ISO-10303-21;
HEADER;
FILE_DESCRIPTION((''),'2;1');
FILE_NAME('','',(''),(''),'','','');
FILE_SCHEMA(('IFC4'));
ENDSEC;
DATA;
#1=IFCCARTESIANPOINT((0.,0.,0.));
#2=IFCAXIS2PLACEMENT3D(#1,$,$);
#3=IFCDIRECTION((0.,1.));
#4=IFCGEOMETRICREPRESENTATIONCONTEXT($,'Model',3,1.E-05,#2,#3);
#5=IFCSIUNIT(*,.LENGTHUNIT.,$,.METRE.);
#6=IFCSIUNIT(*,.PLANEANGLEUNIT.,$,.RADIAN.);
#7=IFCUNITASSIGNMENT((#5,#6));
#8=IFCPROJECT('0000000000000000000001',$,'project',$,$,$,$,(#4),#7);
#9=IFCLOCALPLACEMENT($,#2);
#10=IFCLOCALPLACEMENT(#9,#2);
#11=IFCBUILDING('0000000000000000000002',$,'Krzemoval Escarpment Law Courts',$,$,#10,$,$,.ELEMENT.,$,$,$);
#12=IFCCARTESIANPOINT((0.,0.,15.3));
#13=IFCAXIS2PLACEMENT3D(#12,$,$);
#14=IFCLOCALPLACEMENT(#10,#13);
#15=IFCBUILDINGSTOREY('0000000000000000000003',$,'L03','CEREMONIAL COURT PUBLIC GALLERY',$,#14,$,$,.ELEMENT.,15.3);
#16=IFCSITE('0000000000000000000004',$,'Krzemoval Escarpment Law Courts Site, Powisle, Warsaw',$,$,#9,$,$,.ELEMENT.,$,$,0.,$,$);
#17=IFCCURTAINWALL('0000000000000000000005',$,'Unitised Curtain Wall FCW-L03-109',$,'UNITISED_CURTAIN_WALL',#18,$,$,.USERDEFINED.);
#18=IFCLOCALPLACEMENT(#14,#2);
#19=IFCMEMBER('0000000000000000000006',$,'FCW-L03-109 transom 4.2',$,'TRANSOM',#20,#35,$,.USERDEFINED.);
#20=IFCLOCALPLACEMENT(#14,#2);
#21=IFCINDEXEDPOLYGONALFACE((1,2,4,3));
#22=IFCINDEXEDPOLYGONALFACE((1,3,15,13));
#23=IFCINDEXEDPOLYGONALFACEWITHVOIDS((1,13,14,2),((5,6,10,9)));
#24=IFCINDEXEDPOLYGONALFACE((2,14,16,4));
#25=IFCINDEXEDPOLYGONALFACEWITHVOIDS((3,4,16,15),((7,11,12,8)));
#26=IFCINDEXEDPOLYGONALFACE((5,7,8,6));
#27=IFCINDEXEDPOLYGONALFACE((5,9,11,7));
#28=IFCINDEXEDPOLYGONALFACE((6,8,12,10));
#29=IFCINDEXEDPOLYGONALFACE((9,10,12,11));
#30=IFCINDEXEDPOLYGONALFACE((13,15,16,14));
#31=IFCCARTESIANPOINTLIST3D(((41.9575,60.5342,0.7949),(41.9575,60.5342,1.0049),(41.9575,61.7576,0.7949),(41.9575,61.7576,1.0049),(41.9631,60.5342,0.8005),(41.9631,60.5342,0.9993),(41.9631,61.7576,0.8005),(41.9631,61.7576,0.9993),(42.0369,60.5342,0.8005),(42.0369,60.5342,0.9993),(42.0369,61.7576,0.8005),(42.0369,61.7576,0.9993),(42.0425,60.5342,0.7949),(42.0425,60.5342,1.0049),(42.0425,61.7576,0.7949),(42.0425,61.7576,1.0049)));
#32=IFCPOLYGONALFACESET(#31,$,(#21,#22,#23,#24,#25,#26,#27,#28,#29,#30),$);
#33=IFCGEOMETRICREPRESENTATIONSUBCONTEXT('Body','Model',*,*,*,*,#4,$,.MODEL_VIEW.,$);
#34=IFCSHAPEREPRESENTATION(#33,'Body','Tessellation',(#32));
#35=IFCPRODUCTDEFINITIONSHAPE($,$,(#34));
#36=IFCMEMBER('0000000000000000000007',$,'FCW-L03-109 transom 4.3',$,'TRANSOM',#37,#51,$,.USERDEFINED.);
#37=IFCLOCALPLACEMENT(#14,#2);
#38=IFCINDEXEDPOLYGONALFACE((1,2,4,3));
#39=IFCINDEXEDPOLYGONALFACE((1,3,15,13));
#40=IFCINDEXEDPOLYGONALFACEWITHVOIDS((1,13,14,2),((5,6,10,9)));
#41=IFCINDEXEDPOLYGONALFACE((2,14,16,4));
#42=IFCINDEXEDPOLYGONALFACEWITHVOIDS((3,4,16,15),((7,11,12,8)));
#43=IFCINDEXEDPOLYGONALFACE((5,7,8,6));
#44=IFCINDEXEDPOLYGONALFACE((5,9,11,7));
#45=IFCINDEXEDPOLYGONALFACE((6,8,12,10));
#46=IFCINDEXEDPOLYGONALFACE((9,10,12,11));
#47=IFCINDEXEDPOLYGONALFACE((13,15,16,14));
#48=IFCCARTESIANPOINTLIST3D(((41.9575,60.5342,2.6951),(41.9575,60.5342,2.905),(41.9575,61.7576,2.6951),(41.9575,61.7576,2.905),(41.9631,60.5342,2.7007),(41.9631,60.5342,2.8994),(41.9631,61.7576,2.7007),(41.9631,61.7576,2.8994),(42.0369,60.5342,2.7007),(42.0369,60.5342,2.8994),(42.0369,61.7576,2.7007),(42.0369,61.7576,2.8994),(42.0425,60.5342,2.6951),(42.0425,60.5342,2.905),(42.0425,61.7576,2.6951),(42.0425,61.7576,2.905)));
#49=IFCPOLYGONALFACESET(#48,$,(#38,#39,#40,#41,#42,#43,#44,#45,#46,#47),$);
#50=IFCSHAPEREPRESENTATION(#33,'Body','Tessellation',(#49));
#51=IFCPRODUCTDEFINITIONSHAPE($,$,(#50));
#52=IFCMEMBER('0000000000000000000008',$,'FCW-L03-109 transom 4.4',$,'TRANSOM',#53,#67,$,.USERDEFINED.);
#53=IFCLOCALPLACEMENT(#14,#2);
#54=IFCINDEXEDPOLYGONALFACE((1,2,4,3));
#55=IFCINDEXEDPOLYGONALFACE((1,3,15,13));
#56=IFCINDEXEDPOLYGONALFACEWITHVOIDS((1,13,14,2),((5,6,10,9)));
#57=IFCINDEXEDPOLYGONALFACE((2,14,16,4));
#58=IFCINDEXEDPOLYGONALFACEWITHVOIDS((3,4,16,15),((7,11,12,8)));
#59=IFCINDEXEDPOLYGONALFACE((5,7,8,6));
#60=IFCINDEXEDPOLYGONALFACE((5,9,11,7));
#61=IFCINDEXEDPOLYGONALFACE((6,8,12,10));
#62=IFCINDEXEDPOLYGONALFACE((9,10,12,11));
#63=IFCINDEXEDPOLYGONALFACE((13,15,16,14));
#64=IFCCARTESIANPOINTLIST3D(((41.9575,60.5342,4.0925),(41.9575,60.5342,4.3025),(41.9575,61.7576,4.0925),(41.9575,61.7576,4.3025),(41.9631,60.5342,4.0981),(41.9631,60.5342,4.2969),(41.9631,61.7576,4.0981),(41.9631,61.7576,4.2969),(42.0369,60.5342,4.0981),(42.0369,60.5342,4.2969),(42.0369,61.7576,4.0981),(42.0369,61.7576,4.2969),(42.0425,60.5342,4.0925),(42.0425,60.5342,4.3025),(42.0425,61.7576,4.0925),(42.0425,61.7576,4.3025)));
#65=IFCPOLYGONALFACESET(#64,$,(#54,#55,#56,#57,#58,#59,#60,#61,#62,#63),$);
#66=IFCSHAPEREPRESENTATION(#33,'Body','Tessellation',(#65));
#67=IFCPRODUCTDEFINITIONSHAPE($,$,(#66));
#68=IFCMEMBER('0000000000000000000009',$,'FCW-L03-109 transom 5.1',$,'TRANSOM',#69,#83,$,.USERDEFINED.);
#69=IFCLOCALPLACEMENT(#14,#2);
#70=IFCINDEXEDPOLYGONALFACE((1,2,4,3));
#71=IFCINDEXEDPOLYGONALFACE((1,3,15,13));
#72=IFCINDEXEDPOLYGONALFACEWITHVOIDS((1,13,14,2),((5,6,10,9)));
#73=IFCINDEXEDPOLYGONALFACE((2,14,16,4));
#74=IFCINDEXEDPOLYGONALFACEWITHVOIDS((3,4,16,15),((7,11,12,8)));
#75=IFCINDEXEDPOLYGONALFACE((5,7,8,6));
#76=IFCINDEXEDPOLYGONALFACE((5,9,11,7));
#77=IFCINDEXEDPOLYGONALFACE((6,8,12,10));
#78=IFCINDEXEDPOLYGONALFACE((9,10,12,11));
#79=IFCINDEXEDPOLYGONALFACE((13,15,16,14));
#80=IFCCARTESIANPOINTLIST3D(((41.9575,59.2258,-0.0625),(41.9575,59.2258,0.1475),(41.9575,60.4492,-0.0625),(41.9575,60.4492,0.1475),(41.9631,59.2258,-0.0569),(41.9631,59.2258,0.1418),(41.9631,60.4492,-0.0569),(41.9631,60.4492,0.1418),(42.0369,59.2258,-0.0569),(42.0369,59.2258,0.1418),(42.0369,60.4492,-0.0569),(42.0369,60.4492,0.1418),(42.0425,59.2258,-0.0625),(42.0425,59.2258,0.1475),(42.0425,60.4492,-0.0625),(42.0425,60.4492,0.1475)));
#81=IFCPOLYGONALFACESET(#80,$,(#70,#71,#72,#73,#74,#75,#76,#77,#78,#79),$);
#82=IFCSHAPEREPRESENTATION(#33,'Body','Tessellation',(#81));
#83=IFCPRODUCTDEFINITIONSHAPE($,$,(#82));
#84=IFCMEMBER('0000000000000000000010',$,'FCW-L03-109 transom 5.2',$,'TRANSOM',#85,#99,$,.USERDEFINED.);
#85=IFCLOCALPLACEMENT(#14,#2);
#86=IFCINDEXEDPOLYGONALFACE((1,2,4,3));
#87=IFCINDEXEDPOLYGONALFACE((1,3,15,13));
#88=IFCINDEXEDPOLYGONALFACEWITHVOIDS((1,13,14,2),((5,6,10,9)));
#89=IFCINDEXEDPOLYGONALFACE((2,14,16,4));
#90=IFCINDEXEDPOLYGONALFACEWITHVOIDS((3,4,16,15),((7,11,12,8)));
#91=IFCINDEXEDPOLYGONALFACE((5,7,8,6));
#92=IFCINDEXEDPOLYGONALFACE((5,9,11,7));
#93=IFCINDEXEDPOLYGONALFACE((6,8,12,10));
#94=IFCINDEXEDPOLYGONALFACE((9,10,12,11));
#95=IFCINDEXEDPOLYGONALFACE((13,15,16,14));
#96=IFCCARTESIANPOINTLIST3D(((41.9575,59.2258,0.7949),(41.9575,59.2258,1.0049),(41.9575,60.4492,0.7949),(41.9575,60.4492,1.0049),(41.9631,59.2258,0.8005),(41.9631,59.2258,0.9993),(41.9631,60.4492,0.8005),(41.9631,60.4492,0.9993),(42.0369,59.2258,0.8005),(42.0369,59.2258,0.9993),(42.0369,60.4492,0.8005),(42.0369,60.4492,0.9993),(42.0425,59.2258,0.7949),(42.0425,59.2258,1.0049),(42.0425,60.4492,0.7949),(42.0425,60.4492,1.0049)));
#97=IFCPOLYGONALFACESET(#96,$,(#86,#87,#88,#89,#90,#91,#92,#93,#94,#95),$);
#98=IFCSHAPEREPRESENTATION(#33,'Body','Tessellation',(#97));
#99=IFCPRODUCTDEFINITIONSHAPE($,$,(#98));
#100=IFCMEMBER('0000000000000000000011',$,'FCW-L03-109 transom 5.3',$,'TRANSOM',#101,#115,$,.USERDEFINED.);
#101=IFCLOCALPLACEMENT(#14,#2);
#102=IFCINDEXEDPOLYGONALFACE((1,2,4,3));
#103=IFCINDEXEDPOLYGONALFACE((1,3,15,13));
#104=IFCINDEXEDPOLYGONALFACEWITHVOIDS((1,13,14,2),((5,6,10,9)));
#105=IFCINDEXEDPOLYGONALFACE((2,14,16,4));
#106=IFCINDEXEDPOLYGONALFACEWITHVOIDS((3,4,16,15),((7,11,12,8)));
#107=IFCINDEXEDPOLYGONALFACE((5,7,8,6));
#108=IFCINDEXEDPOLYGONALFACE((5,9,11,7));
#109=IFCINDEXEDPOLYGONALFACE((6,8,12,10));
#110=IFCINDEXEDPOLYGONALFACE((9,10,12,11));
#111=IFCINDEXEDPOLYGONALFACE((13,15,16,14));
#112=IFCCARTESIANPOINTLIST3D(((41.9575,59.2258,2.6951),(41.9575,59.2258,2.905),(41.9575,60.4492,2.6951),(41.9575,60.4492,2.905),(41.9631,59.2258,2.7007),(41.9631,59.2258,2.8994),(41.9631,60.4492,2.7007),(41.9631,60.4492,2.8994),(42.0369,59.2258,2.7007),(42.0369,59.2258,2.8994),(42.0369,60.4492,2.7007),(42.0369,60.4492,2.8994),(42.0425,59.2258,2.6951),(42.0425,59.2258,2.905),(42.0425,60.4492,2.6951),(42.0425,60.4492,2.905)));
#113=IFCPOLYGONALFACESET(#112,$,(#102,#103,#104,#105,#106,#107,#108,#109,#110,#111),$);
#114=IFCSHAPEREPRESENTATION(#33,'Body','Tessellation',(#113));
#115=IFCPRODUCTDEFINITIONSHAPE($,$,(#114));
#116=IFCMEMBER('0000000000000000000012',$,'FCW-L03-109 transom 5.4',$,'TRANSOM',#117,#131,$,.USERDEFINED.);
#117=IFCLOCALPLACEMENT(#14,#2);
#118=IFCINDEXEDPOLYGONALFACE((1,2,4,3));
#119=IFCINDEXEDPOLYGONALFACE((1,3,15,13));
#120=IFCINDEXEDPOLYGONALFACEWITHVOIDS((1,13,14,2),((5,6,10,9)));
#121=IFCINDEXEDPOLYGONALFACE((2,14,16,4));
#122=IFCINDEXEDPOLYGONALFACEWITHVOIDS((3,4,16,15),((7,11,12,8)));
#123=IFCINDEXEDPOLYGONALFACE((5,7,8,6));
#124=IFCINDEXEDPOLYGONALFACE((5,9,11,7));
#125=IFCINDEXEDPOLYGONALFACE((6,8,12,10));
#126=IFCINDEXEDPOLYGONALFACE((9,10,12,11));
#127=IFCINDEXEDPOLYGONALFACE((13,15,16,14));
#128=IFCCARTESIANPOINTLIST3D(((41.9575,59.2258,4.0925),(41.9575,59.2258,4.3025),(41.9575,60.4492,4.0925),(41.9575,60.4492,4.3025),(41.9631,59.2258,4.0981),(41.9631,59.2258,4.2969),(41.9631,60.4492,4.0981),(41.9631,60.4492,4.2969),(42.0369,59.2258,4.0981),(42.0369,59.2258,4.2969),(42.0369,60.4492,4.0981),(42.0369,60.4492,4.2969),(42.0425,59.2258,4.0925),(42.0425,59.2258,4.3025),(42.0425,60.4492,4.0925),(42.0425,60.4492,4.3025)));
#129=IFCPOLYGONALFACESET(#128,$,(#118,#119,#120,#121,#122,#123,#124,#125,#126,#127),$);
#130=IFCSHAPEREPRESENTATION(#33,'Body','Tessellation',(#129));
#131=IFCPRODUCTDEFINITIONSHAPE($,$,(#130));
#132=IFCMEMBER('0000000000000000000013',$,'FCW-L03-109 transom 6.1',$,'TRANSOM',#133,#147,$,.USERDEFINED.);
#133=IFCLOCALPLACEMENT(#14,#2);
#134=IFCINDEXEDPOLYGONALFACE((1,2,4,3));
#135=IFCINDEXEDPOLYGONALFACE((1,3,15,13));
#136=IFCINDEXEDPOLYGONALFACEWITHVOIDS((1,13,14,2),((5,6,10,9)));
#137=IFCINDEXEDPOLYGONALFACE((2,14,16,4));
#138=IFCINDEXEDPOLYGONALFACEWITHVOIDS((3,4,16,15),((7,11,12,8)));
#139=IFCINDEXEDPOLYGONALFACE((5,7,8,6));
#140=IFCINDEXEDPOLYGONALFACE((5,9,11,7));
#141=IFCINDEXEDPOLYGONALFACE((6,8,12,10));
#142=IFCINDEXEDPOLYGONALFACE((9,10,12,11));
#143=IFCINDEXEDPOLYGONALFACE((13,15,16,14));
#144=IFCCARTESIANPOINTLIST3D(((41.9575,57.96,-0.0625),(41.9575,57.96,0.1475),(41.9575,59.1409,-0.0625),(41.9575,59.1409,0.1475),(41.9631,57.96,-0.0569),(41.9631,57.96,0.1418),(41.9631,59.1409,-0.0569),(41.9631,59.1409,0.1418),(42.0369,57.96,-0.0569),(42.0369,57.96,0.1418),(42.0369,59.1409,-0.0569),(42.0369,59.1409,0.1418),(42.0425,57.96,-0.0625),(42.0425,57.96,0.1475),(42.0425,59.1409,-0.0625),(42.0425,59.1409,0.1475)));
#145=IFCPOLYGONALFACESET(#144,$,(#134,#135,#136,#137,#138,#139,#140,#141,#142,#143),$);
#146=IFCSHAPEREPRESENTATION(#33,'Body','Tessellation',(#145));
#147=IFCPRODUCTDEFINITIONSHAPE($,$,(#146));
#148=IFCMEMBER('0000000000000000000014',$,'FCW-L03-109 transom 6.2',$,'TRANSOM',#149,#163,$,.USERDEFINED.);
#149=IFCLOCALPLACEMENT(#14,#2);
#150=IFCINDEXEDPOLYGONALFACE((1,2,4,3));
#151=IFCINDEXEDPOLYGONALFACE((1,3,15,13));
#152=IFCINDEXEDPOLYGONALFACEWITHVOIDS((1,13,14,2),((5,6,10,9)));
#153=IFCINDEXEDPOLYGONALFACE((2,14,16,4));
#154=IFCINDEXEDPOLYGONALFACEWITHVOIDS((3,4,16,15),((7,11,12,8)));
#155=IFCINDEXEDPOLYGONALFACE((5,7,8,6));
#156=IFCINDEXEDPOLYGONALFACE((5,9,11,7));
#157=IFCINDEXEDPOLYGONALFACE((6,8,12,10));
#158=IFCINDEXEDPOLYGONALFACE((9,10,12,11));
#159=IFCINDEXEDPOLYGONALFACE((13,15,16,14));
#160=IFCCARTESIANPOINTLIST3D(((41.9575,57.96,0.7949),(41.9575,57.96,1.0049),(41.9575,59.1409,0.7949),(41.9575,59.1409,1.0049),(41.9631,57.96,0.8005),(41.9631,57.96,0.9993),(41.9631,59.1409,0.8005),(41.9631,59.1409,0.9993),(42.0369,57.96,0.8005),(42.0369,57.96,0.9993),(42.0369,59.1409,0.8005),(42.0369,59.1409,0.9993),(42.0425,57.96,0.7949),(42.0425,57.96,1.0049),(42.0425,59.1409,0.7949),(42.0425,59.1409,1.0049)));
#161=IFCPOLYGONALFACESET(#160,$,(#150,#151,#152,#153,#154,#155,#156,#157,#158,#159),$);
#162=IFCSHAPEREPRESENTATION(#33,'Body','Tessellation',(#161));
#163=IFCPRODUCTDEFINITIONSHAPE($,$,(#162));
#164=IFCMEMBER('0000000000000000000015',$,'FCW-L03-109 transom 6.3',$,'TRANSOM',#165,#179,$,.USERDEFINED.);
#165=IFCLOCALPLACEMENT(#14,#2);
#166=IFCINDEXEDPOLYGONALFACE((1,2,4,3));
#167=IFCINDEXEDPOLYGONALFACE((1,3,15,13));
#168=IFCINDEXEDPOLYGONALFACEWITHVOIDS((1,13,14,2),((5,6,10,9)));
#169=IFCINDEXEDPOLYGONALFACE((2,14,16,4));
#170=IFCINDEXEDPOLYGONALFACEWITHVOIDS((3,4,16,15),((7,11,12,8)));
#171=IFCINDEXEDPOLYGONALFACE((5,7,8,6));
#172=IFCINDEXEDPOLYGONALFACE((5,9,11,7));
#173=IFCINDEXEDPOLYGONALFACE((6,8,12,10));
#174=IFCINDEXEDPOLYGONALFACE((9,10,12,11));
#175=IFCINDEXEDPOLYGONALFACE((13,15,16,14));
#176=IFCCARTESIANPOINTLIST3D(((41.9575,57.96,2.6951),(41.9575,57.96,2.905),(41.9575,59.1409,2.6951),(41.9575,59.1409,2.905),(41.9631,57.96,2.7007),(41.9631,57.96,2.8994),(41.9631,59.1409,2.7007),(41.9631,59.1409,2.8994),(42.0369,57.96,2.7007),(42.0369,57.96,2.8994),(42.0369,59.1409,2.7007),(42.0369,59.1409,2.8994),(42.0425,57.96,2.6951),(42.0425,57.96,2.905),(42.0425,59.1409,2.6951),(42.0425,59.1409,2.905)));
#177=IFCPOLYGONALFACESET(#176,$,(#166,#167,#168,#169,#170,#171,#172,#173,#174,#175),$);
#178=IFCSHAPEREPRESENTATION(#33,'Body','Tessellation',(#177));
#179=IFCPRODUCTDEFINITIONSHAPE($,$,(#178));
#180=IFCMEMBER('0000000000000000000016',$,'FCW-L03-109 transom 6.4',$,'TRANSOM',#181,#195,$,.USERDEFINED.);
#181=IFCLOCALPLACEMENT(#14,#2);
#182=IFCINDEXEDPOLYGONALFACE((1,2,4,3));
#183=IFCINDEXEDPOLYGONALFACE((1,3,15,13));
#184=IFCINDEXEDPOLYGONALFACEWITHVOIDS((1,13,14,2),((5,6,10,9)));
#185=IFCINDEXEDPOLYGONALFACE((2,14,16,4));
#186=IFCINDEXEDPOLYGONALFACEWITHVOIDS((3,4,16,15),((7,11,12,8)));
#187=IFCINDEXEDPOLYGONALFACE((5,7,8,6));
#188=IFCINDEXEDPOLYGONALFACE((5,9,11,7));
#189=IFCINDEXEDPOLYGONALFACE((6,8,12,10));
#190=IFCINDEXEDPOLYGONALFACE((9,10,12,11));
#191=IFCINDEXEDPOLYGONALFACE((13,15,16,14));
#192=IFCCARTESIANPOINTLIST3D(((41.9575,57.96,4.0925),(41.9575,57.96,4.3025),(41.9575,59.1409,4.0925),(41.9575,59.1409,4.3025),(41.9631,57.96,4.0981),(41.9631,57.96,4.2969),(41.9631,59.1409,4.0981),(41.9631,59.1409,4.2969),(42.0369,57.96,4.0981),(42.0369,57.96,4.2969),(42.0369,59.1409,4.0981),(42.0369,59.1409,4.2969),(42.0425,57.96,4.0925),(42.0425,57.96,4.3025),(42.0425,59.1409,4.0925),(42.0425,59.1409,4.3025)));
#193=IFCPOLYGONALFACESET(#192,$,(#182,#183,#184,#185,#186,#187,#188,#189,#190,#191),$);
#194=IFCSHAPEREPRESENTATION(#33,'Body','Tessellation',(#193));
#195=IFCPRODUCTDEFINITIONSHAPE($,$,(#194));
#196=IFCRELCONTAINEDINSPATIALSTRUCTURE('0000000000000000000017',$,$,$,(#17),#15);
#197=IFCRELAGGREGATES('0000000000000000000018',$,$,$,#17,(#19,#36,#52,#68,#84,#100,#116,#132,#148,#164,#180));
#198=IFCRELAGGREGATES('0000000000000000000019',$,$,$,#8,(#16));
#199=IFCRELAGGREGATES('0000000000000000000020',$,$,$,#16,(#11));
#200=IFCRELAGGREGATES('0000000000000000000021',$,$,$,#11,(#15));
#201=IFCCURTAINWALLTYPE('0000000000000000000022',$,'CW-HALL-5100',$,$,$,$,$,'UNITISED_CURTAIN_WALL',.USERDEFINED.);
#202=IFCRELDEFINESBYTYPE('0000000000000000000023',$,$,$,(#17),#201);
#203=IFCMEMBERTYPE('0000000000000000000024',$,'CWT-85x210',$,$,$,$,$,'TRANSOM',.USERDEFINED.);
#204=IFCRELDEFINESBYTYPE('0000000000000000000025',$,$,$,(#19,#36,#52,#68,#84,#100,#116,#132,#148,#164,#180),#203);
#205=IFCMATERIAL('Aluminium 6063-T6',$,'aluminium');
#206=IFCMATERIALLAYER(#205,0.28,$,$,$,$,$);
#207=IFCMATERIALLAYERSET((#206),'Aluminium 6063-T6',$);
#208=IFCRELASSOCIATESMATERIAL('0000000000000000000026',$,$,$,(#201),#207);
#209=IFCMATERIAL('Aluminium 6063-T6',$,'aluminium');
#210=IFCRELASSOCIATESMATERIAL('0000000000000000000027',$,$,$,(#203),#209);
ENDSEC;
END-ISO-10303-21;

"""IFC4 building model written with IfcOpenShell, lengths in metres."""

from ifc_helpers import new_model, si_unit, direction, frame, origin, origin_2d, place, context, subcontext, project, spatial, hollow_rectangle, extrude, material, layer, layer_set, material_profile, profile_set, type_object, element, aggregate, save


model = new_model("IFC4")

# Units and contexts
model_context = context("Model", 3, precision=1e-05, world=origin(), true_north=direction((0.0, 1.0)))
body_context = subcontext(model_context, "Body", "Model", "MODEL_VIEW")
ifc_project = project(units=[si_unit("LENGTHUNIT", "METRE"), si_unit("PLANEANGLEUNIT", "RADIAN")], contexts=[model_context])

# Site, building, storey
site_placement = place(None, origin())
site = spatial("IfcSite", under=ifc_project, at=site_placement, Name="Krzemoval Escarpment Law Courts Site, Powisle, Warsaw", CompositionType="ELEMENT", RefElevation=0.0)
building_placement = place(site_placement, origin())
building = spatial("IfcBuilding", under=site, at=building_placement, Name="Krzemoval Escarpment Law Courts", CompositionType="ELEMENT")
storey_placement = place(building_placement, frame((0.0, 0.0, 15.3)))
storey = spatial("IfcBuildingStorey", under=building, at=storey_placement, Name="L03", Description="CEREMONIAL COURT PUBLIC GALLERY", CompositionType="ELEMENT", Elevation=15.3)

# Curtain wall
ifc_material_1 = material(Name="Aluminium 6063-T6", Category="aluminium")
ifc_layer_1 = layer(ifc_material_1, 0.28)
ifc_layer_set_1 = layer_set([ifc_layer_1], Name="Aluminium 6063-T6")
curtain_wall_type = type_object("IfcCurtainWallType", Name="CW-HALL-5100", ElementType="UNITISED_CURTAIN_WALL", PredefinedType="USERDEFINED", material=ifc_layer_set_1)
curtain_wall_1_placement = place(storey_placement, origin())
curtain_wall_1 = element("IfcCurtainWall", 1, at=curtain_wall_1_placement, inside=storey, type_object=curtain_wall_type, Name="Unitised Curtain Wall FCW-L03-109", ObjectType="UNITISED_CURTAIN_WALL", PredefinedType="USERDEFINED")

# Members
ifc_material_2 = material(Name="Aluminium 6063-T6", Category="aluminium")
ifc_material_profile_1 = material_profile(ifc_material_2, hollow_rectangle(XDim=0.085, YDim=0.21, WallThickness=0.0056, at=origin_2d()), Name="ALU T85x210")
ifc_profile_set_1 = profile_set([ifc_material_profile_1], Name="Aluminium 6063-T6")
member_type_1 = type_object("IfcMemberType", Name="CWT-85x210", ElementType="TRANSOM", PredefinedType="USERDEFINED", material=ifc_profile_set_1)
member_1_placement = place(storey_placement, frame((42.0, 61.7576, 0.8999), z_axis=(0.0, -1.0, 0.0), x_axis=(1.0, 0.0, 0.0)))
member_1 = element("IfcMember", 2, at=member_1_placement, type_object=member_type_1, Name="FCW-L03-109 transom 4.2", ObjectType="TRANSOM", PredefinedType="USERDEFINED", context=body_context, shape_type="SweptSolid", body=[
    extrude(hollow_rectangle(XDim=0.085, YDim=0.21, WallThickness=0.0056, at=origin_2d()), origin(), (0.0, 0.0, 1.0), 1.2234),
])
member_2_placement = place(storey_placement, frame((42.0, 61.7576, 2.8), z_axis=(0.0, -1.0, 0.0), x_axis=(1.0, 0.0, 0.0)))
member_2 = element("IfcMember", 3, at=member_2_placement, type_object=member_type_1, Name="FCW-L03-109 transom 4.3", ObjectType="TRANSOM", PredefinedType="USERDEFINED", context=body_context, shape_type="SweptSolid", body=[
    extrude(hollow_rectangle(XDim=0.085, YDim=0.21, WallThickness=0.0056, at=origin_2d()), origin(), (0.0, 0.0, 1.0), 1.2234),
])
member_3_placement = place(storey_placement, frame((42.0, 61.7576, 4.1975), z_axis=(0.0, -1.0, 0.0), x_axis=(1.0, 0.0, 0.0)))
member_3 = element("IfcMember", 4, at=member_3_placement, type_object=member_type_1, Name="FCW-L03-109 transom 4.4", ObjectType="TRANSOM", PredefinedType="USERDEFINED", context=body_context, shape_type="SweptSolid", body=[
    extrude(hollow_rectangle(XDim=0.085, YDim=0.21, WallThickness=0.0056, at=origin_2d()), origin(), (0.0, 0.0, 1.0), 1.2234),
])
member_4_placement = place(storey_placement, frame((42.0, 60.4492, 0.0425), z_axis=(0.0, -1.0, 0.0), x_axis=(1.0, 0.0, 0.0)))
member_4 = element("IfcMember", 5, at=member_4_placement, type_object=member_type_1, Name="FCW-L03-109 transom 5.1", ObjectType="TRANSOM", PredefinedType="USERDEFINED", context=body_context, shape_type="SweptSolid", body=[
    extrude(hollow_rectangle(XDim=0.085, YDim=0.21, WallThickness=0.0056, at=origin_2d()), origin(), (0.0, 0.0, 1.0), 1.2234),
])
member_5_placement = place(storey_placement, frame((42.0, 60.4492, 0.8999), z_axis=(0.0, -1.0, 0.0), x_axis=(1.0, 0.0, 0.0)))
member_5 = element("IfcMember", 6, at=member_5_placement, type_object=member_type_1, Name="FCW-L03-109 transom 5.2", ObjectType="TRANSOM", PredefinedType="USERDEFINED", context=body_context, shape_type="SweptSolid", body=[
    extrude(hollow_rectangle(XDim=0.085, YDim=0.21, WallThickness=0.0056, at=origin_2d()), origin(), (0.0, 0.0, 1.0), 1.2234),
])
member_6_placement = place(storey_placement, frame((42.0, 60.4492, 2.8), z_axis=(0.0, -1.0, 0.0), x_axis=(1.0, 0.0, 0.0)))
member_6 = element("IfcMember", 7, at=member_6_placement, type_object=member_type_1, Name="FCW-L03-109 transom 5.3", ObjectType="TRANSOM", PredefinedType="USERDEFINED", context=body_context, shape_type="SweptSolid", body=[
    extrude(hollow_rectangle(XDim=0.085, YDim=0.21, WallThickness=0.0056, at=origin_2d()), origin(), (0.0, 0.0, 1.0), 1.2234),
])
member_7_placement = place(storey_placement, frame((42.0, 60.4492, 4.1975), z_axis=(0.0, -1.0, 0.0), x_axis=(1.0, 0.0, 0.0)))
member_7 = element("IfcMember", 8, at=member_7_placement, type_object=member_type_1, Name="FCW-L03-109 transom 5.4", ObjectType="TRANSOM", PredefinedType="USERDEFINED", context=body_context, shape_type="SweptSolid", body=[
    extrude(hollow_rectangle(XDim=0.085, YDim=0.21, WallThickness=0.0056, at=origin_2d()), origin(), (0.0, 0.0, 1.0), 1.2234),
])
member_8_placement = place(storey_placement, frame((42.0, 59.1409, 0.0425), z_axis=(0.0, -1.0, 0.0), x_axis=(1.0, 0.0, 0.0)))
member_8 = element("IfcMember", 9, at=member_8_placement, type_object=member_type_1, Name="FCW-L03-109 transom 6.1", ObjectType="TRANSOM", PredefinedType="USERDEFINED", context=body_context, shape_type="SweptSolid", body=[
    extrude(hollow_rectangle(XDim=0.085, YDim=0.21, WallThickness=0.0056, at=origin_2d()), origin(), (0.0, 0.0, 1.0), 1.1809),
])
member_9_placement = place(storey_placement, frame((42.0, 59.1409, 0.8999), z_axis=(0.0, -1.0, 0.0), x_axis=(1.0, 0.0, 0.0)))
member_9 = element("IfcMember", 10, at=member_9_placement, type_object=member_type_1, Name="FCW-L03-109 transom 6.2", ObjectType="TRANSOM", PredefinedType="USERDEFINED", context=body_context, shape_type="SweptSolid", body=[
    extrude(hollow_rectangle(XDim=0.085, YDim=0.21, WallThickness=0.0056, at=origin_2d()), origin(), (0.0, 0.0, 1.0), 1.1809),
])
member_10_placement = place(storey_placement, frame((42.0, 59.1409, 2.8), z_axis=(0.0, -1.0, 0.0), x_axis=(1.0, 0.0, 0.0)))
member_10 = element("IfcMember", 11, at=member_10_placement, type_object=member_type_1, Name="FCW-L03-109 transom 6.3", ObjectType="TRANSOM", PredefinedType="USERDEFINED", context=body_context, shape_type="SweptSolid", body=[
    extrude(hollow_rectangle(XDim=0.085, YDim=0.21, WallThickness=0.0056, at=origin_2d()), origin(), (0.0, 0.0, 1.0), 1.1809),
])
member_11_placement = place(storey_placement, frame((42.0, 59.1409, 4.1975), z_axis=(0.0, -1.0, 0.0), x_axis=(1.0, 0.0, 0.0)))
member_11 = element("IfcMember", 12, at=member_11_placement, type_object=member_type_1, Name="FCW-L03-109 transom 6.4", ObjectType="TRANSOM", PredefinedType="USERDEFINED", context=body_context, shape_type="SweptSolid", body=[
    extrude(hollow_rectangle(XDim=0.085, YDim=0.21, WallThickness=0.0056, at=origin_2d()), origin(), (0.0, 0.0, 1.0), 1.1809),
])

aggregate(curtain_wall_1, [member_1, member_2, member_3, member_4, member_5, member_6, member_7, member_8, member_9, member_10, member_11])

save(model, "model.ifc")
